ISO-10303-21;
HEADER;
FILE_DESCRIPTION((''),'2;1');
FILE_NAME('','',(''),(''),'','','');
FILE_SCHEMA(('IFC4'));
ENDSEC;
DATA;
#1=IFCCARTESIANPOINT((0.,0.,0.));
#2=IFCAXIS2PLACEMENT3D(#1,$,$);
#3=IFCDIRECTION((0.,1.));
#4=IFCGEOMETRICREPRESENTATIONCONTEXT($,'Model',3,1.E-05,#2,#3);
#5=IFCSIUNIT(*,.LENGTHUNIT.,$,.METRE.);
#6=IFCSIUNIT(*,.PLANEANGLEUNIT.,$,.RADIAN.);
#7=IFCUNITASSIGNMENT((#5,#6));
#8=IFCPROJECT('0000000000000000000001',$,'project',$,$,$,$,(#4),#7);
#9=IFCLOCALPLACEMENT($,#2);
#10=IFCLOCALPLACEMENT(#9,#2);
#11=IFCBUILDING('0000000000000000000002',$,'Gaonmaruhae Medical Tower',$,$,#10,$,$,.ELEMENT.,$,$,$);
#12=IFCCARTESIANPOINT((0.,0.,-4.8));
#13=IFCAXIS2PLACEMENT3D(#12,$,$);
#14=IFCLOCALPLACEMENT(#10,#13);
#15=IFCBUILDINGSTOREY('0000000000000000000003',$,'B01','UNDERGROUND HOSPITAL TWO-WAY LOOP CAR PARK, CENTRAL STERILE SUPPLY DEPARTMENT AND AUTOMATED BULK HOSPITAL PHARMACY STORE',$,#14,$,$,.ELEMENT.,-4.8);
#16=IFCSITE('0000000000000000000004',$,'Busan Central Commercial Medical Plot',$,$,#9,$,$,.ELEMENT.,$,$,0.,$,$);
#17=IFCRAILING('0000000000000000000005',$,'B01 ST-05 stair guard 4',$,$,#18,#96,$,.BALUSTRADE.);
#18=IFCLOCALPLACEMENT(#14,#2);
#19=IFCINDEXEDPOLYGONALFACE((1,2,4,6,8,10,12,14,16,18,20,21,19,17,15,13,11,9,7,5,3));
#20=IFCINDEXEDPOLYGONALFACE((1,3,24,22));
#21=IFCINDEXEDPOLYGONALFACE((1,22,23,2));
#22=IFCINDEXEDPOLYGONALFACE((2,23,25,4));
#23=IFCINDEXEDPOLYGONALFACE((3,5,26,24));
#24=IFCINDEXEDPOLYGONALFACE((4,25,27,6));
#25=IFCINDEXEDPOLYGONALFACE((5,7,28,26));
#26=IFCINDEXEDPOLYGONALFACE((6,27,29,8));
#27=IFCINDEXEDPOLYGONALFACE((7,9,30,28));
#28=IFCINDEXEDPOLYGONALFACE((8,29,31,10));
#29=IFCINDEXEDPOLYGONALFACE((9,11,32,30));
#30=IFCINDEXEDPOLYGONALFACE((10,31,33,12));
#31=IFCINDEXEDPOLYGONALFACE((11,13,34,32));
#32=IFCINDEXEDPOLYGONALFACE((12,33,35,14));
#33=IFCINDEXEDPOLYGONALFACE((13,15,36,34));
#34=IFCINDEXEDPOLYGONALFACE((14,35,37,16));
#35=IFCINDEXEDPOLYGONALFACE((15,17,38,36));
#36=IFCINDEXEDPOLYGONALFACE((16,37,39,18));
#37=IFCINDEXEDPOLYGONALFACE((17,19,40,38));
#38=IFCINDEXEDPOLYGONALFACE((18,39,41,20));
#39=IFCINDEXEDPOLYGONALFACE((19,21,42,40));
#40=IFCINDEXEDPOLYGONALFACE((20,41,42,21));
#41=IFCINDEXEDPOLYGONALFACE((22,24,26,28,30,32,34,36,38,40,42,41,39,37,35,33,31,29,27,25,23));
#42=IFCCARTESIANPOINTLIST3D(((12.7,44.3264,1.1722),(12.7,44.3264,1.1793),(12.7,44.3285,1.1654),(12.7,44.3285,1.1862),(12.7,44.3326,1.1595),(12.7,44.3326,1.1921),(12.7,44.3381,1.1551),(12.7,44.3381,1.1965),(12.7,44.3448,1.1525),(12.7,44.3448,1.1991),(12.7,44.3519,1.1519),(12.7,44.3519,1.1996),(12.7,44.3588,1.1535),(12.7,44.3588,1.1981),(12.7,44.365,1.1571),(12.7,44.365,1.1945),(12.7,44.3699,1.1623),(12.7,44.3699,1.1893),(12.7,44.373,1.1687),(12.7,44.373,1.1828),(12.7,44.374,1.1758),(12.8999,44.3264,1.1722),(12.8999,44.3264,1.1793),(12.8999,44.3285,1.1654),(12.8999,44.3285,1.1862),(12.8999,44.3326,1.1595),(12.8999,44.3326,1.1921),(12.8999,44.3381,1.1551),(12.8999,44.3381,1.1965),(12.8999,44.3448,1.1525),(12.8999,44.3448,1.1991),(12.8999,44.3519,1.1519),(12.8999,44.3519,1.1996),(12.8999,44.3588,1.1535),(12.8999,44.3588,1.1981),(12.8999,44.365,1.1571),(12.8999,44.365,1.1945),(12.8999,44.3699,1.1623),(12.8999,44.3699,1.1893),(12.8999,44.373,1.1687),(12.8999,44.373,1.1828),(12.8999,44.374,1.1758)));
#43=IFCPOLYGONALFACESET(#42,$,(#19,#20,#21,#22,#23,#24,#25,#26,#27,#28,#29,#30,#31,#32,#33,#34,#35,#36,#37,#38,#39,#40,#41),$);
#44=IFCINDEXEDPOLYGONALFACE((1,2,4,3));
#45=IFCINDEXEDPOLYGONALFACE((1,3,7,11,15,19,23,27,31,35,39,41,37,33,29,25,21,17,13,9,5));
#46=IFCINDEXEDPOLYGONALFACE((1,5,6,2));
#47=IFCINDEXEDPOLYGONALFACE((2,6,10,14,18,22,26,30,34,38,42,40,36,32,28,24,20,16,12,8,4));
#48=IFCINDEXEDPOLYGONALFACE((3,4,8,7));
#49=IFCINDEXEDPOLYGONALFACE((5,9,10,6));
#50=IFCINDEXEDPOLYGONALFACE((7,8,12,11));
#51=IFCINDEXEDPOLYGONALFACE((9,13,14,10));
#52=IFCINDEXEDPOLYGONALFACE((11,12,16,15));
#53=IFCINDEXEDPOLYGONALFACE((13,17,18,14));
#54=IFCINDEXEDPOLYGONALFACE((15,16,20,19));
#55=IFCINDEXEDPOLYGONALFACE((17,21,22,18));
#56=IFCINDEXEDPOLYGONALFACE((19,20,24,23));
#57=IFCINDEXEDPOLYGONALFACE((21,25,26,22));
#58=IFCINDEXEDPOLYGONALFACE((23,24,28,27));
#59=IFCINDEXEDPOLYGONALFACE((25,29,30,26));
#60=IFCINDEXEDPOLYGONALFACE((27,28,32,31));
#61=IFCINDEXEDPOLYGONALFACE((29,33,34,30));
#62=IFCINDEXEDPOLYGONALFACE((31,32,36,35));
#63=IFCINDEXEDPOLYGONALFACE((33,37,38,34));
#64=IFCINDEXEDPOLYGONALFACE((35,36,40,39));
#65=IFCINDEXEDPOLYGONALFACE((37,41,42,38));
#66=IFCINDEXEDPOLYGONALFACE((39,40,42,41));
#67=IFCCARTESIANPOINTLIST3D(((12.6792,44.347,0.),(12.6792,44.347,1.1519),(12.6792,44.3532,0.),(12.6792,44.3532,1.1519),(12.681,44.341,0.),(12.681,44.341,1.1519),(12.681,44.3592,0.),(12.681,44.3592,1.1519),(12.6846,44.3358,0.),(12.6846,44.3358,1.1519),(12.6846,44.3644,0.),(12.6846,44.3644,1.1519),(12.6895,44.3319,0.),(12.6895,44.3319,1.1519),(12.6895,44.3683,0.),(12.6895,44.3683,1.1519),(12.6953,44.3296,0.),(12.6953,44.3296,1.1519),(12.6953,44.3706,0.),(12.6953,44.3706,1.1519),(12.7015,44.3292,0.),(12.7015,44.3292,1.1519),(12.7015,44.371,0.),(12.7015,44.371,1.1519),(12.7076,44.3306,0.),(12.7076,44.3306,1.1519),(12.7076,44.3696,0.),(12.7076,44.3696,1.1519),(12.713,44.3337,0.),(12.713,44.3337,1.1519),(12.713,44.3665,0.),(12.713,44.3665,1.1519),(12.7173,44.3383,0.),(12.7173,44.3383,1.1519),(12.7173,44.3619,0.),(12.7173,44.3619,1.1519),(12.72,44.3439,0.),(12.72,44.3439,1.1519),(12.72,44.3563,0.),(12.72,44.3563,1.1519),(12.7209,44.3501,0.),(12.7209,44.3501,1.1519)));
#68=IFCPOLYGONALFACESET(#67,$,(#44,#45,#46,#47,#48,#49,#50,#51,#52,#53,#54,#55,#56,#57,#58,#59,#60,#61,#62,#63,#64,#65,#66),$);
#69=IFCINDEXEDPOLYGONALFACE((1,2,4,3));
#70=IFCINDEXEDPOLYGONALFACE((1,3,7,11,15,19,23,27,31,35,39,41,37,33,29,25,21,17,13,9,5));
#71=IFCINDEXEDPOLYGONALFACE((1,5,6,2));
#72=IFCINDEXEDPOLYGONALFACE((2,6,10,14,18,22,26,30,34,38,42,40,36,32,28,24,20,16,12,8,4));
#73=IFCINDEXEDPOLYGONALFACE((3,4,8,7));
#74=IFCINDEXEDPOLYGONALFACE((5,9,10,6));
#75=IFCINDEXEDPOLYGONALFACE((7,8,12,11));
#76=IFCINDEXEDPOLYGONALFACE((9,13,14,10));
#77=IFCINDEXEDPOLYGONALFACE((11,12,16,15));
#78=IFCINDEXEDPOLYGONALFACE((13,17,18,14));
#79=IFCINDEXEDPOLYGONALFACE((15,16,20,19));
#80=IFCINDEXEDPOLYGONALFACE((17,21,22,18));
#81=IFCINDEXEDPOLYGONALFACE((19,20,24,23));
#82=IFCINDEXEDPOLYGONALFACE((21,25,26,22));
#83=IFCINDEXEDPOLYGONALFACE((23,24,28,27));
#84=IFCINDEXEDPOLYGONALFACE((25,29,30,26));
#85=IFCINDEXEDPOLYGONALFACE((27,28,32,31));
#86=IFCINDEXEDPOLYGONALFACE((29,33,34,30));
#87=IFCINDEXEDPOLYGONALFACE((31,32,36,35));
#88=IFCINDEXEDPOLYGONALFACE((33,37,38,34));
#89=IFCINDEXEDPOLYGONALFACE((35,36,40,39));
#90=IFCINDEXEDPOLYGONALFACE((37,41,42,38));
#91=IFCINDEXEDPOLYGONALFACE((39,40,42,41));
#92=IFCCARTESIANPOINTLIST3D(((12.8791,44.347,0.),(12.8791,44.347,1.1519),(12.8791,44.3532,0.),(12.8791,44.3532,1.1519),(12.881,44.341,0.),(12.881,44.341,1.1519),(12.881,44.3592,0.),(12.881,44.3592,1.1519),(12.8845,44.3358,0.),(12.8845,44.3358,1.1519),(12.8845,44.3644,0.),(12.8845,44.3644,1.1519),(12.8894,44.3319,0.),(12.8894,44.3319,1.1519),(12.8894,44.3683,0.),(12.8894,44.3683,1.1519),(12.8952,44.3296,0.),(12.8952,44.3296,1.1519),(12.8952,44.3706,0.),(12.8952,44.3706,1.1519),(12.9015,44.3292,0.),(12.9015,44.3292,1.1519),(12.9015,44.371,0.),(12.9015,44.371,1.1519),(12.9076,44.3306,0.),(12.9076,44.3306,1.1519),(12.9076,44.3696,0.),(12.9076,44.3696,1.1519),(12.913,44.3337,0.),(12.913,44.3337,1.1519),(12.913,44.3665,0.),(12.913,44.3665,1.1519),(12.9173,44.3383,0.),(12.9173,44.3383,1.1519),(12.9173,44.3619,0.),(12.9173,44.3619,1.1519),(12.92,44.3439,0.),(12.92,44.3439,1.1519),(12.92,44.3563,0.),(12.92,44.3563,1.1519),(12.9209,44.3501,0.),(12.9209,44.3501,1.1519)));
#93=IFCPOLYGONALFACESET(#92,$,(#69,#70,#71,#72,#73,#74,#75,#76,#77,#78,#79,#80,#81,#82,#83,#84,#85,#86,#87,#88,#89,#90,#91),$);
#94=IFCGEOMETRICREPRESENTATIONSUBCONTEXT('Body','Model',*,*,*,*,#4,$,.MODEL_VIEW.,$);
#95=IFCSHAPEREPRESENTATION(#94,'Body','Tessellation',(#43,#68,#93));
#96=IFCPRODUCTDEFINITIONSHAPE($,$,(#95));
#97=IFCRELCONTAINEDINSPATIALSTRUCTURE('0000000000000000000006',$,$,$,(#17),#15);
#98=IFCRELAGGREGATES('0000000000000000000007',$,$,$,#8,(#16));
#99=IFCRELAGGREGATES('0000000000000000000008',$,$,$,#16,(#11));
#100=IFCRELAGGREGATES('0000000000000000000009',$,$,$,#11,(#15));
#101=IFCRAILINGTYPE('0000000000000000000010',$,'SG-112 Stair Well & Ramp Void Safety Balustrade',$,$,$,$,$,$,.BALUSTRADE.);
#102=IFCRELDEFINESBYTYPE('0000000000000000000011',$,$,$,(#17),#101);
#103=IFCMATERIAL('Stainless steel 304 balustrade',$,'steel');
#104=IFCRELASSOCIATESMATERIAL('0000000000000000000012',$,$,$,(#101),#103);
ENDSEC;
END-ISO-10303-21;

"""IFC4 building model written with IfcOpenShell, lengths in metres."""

from ifc_helpers import new_model, si_unit, direction, frame, origin, origin_2d, place, context, subcontext, project, spatial, circle, extrude, material, type_object, element, save


model = new_model("IFC4")

# Units and contexts
model_context = context("Model", 3, precision=1e-05, world=origin(), true_north=direction((0.0, 1.0)))
body_context = subcontext(model_context, "Body", "Model", "MODEL_VIEW")
ifc_project = project(units=[si_unit("LENGTHUNIT", "METRE"), si_unit("PLANEANGLEUNIT", "RADIAN")], contexts=[model_context])

# Site, building, storey
site_placement = place(None, origin())
site = spatial("IfcSite", under=ifc_project, at=site_placement, Name="Busan Central Commercial Medical Plot", CompositionType="ELEMENT", RefElevation=0.0)
building_placement = place(site_placement, origin())
building = spatial("IfcBuilding", under=site, at=building_placement, Name="Gaonmaruhae Medical Tower", CompositionType="ELEMENT")
storey_placement = place(building_placement, frame((0.0, 0.0, -4.8)))
storey = spatial("IfcBuildingStorey", under=building, at=storey_placement, Name="B01", Description="UNDERGROUND HOSPITAL TWO-WAY LOOP CAR PARK, CENTRAL STERILE SUPPLY DEPARTMENT AND AUTOMATED BULK HOSPITAL PHARMACY STORE", CompositionType="ELEMENT", Elevation=-4.8)

# Railing
ifc_material_1 = material(Name="Stainless steel 304 balustrade", Category="steel")
railing_type_1 = type_object("IfcRailingType", Name="SG-112 Stair Well & Ramp Void Safety Balustrade", PredefinedType="BALUSTRADE", material=ifc_material_1)
railing_1_placement = place(storey_placement, frame((12.7, 44.3501, 0.0)))
element("IfcRailing", 1, at=railing_1_placement, inside=storey, type_object=railing_type_1, Name="B01 ST-05 stair guard 4", PredefinedType="BALUSTRADE", context=body_context, shape_type="SweptSolid", body=[
    extrude(circle(Radius=0.0239, at=origin_2d()), frame((0.0, 0.0, 1.1758), z_axis=(1.0, 0.0, 0.0), x_axis=(0.0, 1.0, 0.0)), (0.0, 0.0, 1.0), 0.2),
    extrude(circle(Radius=0.021, at=origin_2d()), origin(), (0.0, 0.0, 1.0), 1.1519),
    extrude(circle(Radius=0.021, at=origin_2d()), frame((0.2, 0.0, 0.0)), (0.0, 0.0, 1.0), 1.1519),
])

save(model, "model.ifc")
